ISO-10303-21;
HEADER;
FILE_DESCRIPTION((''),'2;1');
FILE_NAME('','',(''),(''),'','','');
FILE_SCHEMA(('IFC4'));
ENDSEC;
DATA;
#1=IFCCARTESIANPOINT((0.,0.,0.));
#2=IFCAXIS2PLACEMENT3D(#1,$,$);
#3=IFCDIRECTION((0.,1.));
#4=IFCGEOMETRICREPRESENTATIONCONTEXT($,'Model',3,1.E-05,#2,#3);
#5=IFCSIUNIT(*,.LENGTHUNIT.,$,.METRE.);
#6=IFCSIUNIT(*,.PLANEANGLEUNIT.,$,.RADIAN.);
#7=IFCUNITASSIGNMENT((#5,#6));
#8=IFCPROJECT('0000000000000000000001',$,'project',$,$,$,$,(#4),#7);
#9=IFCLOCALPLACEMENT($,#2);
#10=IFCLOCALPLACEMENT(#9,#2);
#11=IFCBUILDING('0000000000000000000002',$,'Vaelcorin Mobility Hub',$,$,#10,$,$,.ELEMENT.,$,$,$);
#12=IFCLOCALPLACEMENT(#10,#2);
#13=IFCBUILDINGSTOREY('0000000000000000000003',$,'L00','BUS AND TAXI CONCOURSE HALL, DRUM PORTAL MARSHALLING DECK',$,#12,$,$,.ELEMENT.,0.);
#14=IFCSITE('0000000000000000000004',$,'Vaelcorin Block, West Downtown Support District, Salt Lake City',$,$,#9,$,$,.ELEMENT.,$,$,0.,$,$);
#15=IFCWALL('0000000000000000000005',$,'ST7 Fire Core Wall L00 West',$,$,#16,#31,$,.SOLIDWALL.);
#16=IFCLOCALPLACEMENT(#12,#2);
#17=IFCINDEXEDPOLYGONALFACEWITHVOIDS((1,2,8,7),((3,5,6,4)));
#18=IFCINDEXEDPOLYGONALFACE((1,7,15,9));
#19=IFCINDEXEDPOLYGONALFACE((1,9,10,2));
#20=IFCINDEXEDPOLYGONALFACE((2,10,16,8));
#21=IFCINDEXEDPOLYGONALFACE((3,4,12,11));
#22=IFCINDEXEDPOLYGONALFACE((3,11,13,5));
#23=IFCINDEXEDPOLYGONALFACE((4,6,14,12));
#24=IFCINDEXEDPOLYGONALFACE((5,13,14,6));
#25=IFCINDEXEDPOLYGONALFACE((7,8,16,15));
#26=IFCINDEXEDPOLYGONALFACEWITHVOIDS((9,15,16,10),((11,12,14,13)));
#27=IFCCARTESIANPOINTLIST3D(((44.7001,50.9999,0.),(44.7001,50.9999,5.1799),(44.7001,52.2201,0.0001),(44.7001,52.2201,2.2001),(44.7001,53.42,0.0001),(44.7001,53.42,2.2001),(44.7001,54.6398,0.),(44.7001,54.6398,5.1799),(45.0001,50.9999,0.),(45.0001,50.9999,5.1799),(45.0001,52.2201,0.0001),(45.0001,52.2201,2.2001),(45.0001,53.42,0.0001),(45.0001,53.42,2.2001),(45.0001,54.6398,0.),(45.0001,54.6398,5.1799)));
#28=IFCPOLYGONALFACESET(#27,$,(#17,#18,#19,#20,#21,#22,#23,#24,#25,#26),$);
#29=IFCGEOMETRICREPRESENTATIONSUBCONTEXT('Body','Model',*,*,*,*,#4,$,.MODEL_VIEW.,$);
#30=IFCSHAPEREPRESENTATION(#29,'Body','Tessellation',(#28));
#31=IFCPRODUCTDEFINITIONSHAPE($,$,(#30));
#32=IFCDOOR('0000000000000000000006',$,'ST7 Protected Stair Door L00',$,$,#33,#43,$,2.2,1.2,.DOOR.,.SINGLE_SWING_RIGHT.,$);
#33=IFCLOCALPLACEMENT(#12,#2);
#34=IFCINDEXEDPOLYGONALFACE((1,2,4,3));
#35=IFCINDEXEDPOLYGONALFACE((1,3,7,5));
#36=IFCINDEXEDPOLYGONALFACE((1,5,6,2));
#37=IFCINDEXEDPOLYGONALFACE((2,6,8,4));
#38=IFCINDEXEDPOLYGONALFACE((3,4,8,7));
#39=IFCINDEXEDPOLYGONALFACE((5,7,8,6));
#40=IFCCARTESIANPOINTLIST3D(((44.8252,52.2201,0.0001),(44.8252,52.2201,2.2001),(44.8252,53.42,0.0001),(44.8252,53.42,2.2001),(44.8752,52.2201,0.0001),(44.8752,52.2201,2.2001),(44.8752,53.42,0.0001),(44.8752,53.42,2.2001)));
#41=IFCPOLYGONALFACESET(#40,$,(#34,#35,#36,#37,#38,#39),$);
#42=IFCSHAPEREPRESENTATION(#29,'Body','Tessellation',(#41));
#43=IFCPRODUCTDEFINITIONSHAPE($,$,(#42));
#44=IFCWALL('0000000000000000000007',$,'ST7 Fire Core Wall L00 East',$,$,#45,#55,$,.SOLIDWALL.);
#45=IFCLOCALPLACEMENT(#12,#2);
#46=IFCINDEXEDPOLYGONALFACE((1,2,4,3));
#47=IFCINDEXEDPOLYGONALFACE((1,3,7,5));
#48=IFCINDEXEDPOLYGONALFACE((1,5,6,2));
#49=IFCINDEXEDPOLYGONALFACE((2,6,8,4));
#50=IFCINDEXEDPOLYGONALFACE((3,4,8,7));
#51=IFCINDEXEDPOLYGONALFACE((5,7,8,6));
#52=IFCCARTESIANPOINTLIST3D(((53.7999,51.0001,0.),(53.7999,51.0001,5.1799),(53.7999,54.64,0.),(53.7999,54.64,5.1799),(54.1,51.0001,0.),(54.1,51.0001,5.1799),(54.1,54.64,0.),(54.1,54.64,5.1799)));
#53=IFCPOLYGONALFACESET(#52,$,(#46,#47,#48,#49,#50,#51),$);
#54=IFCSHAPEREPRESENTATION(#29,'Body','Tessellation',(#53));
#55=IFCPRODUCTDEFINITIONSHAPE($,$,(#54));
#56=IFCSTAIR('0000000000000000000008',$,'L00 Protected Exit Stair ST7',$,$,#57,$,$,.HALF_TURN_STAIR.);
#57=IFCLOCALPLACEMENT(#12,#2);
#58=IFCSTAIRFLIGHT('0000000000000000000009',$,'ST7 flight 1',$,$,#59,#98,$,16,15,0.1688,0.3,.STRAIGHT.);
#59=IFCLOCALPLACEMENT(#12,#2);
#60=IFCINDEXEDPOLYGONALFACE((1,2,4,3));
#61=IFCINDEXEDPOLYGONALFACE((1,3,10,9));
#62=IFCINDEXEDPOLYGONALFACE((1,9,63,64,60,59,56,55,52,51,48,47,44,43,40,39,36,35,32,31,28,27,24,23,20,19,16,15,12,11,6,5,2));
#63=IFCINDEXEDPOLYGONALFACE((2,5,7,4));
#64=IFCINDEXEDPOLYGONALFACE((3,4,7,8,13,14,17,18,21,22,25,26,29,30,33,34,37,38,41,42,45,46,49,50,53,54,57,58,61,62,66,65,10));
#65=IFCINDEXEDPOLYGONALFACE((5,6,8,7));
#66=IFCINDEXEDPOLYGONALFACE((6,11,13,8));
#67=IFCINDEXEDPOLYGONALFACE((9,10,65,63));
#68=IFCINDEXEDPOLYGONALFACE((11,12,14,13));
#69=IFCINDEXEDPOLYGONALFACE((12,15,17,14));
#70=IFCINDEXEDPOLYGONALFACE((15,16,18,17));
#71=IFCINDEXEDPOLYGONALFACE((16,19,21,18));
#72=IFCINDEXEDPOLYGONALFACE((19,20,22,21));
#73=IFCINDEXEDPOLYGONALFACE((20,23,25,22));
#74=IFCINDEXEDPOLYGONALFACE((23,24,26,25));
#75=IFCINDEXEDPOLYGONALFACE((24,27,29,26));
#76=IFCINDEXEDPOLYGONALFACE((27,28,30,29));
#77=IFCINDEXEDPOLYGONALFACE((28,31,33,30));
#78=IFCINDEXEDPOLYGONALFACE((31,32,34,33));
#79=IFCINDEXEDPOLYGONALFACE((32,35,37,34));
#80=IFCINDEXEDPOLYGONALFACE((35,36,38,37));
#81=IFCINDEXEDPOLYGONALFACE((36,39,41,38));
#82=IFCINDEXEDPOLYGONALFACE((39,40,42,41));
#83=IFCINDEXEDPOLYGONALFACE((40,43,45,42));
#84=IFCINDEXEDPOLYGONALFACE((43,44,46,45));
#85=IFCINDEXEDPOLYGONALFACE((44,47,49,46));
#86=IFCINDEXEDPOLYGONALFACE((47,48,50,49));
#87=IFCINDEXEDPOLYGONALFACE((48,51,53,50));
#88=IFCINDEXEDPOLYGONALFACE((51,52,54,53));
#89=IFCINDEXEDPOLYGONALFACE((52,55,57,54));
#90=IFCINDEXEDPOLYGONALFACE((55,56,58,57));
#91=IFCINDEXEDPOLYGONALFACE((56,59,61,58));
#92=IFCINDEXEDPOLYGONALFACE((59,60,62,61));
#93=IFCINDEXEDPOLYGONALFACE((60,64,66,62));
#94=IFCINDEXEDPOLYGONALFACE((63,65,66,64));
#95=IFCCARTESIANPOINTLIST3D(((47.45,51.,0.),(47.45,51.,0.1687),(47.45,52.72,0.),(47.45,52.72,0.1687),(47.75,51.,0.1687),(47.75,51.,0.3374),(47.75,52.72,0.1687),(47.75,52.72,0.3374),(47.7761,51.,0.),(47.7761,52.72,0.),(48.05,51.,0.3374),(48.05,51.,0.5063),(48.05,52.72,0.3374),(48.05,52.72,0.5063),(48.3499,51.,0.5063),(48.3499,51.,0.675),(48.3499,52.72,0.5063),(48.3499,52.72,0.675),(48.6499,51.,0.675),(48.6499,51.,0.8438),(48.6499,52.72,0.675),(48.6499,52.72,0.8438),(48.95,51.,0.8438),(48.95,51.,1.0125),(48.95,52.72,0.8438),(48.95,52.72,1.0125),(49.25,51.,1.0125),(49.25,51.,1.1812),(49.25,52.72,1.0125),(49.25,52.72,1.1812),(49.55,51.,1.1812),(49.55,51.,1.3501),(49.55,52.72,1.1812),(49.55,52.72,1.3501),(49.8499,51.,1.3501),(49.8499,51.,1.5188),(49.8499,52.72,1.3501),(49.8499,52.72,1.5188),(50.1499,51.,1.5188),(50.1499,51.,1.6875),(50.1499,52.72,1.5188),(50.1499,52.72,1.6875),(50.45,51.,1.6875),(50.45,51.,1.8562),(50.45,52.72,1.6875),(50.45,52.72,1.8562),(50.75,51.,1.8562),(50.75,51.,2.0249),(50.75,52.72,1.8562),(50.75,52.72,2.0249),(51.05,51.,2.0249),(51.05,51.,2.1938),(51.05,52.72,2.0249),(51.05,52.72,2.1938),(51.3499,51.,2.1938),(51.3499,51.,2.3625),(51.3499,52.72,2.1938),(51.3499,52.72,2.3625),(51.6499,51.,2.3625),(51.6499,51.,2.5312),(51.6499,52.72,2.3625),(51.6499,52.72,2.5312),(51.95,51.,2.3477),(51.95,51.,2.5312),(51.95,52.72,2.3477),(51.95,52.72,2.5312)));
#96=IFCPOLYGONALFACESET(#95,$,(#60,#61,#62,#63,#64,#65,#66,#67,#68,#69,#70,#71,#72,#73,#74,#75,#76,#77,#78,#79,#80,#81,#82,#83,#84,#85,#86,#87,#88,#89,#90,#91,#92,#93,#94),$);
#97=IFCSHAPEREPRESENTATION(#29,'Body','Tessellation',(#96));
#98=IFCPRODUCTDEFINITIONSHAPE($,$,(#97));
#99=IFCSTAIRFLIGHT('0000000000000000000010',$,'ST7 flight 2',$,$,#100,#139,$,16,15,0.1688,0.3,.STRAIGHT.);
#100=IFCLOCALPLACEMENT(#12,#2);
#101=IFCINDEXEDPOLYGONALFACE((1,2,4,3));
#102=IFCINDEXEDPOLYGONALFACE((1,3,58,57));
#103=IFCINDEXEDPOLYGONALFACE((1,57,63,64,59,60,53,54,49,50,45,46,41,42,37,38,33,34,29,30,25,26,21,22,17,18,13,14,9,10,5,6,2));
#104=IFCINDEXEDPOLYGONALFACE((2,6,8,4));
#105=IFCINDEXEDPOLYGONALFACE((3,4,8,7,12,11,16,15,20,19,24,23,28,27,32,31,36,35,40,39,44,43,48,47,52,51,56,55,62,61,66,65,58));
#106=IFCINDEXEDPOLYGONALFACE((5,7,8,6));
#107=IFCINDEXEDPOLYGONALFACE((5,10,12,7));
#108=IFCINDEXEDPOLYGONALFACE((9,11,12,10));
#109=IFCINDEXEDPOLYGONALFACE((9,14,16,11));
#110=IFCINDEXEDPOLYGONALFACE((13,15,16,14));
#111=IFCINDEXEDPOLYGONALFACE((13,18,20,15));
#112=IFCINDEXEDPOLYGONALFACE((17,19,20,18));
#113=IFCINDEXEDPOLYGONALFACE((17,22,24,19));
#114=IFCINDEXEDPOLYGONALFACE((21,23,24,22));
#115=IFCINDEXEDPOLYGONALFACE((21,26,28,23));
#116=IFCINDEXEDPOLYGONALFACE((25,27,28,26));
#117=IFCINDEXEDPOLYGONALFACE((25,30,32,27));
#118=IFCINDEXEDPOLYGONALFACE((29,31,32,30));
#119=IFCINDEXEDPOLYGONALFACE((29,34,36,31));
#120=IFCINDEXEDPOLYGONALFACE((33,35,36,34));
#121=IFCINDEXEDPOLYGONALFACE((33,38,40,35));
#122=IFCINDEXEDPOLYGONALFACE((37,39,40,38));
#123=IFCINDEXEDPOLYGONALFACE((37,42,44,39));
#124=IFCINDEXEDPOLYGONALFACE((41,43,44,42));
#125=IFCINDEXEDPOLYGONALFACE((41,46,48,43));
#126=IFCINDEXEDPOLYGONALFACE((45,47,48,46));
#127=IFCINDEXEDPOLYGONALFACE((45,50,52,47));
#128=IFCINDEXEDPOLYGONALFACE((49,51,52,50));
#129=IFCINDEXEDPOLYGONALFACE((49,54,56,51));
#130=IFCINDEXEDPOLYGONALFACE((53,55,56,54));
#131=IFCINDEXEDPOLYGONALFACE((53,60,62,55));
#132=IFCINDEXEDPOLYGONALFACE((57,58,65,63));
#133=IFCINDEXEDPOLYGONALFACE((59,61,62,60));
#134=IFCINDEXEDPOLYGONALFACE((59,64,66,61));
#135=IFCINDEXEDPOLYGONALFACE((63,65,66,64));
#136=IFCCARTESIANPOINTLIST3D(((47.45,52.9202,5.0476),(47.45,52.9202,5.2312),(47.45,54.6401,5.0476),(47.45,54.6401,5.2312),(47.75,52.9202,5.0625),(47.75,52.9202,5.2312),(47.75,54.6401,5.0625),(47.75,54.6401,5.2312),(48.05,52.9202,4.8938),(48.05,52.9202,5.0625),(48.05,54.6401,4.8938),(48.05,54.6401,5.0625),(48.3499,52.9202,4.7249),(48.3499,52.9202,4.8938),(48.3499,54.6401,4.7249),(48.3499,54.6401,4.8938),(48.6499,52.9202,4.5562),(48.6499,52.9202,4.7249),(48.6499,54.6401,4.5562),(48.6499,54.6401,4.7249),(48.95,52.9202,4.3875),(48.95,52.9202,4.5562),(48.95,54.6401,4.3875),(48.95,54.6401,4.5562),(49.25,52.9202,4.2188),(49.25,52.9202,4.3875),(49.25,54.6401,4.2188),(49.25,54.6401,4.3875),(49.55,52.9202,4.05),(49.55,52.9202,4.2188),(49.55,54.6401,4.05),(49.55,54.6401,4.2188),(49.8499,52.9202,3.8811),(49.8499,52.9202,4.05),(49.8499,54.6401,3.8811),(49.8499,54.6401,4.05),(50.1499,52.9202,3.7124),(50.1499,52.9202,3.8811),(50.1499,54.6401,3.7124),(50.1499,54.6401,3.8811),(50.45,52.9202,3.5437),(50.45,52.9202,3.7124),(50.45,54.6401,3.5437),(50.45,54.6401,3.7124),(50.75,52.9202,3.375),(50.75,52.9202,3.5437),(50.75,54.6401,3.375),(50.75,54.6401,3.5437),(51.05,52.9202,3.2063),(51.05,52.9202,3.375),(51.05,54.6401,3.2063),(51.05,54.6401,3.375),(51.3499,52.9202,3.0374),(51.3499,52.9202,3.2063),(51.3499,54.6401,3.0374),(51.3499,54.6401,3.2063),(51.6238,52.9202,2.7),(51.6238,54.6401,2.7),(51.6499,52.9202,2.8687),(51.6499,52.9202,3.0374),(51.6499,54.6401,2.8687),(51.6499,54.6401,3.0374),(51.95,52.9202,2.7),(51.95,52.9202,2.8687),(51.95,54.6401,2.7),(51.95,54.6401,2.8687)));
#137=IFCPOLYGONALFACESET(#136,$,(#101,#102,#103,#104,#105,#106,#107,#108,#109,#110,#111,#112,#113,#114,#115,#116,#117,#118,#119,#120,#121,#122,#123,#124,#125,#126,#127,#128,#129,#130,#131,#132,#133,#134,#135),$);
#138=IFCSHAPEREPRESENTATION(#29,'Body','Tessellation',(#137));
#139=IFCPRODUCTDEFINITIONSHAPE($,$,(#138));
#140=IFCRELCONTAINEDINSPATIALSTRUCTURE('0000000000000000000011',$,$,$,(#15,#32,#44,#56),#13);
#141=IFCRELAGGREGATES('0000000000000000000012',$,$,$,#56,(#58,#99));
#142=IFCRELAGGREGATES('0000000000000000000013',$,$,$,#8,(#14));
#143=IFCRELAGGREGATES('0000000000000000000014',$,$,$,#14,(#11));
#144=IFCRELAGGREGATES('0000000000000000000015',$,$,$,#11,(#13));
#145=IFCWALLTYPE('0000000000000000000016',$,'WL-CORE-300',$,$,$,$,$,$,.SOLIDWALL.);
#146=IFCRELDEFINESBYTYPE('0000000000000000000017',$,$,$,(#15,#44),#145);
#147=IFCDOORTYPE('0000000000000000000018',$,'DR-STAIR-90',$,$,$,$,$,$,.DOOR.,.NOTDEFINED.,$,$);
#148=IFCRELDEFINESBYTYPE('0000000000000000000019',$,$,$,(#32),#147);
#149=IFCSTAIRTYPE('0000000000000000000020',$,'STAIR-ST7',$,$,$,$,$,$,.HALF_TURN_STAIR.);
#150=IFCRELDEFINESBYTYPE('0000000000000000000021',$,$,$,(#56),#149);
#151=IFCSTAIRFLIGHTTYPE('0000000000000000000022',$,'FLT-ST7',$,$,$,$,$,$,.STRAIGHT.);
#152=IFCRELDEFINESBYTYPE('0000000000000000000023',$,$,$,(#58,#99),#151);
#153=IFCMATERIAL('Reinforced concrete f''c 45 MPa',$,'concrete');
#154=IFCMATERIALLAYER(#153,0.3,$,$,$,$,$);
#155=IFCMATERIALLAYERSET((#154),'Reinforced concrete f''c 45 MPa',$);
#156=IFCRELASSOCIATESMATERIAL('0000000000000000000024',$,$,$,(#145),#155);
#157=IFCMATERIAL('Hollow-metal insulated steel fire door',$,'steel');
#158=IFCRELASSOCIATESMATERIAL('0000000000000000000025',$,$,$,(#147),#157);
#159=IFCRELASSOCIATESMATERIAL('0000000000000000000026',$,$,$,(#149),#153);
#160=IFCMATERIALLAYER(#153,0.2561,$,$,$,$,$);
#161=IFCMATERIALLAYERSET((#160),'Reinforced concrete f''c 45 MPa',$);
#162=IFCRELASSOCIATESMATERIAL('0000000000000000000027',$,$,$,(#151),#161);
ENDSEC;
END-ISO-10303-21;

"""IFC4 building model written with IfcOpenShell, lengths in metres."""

from ifc_helpers import new_model, si_unit, direction, frame, frame_2d, origin, place, context, subcontext, project, spatial, polyline, rectangle, outline, extrude, material, layer, layer_set, type_object, element, fill, aggregate, save


model = new_model("IFC4")

# Units and contexts
model_context = context("Model", 3, precision=1e-05, world=origin(), true_north=direction((0.0, 1.0)))
body_context = subcontext(model_context, "Body", "Model", "MODEL_VIEW")
ifc_project = project(units=[si_unit("LENGTHUNIT", "METRE"), si_unit("PLANEANGLEUNIT", "RADIAN")], contexts=[model_context])

# Site, building, storey
site_placement = place(None, origin())
site = spatial("IfcSite", under=ifc_project, at=site_placement, Name="Vaelcorin Block, West Downtown Support District, Salt Lake City", CompositionType="ELEMENT", RefElevation=0.0)
building_placement = place(site_placement, origin())
building = spatial("IfcBuilding", under=site, at=building_placement, Name="Vaelcorin Mobility Hub", CompositionType="ELEMENT")
storey_placement = place(building_placement, origin())
storey = spatial("IfcBuildingStorey", under=building, at=storey_placement, Name="L00", Description="BUS AND TAXI CONCOURSE HALL, DRUM PORTAL MARSHALLING DECK", CompositionType="ELEMENT", Elevation=0.0)

# Shared definitions
ifc_material_1 = material(Name="Reinforced concrete f'c 45 MPa", Category="concrete")
ifc_layer_1 = layer(ifc_material_1, 0.3)
ifc_layer_set_1 = layer_set([ifc_layer_1], Name="Reinforced concrete f'c 45 MPa")
wall_type = type_object("IfcWallType", Name="WL-CORE-300", PredefinedType="SOLIDWALL", material=ifc_layer_set_1)

# Wall, opening, door
ifc_material_2 = material(Name="Hollow-metal insulated steel fire door", Category="steel")
door_type = type_object("IfcDoorType", Name="DR-STAIR-90", OperationType="NOTDEFINED", PredefinedType="DOOR", material=ifc_material_2)
wall_1_placement = place(storey_placement, frame((44.8501, 51.0, 0.0), z_axis=(0.0, 0.0, 1.0), x_axis=(0.0, 1.0, 0.0)))
wall_1 = element("IfcWall", 1, at=wall_1_placement, inside=storey, type_object=wall_type, Name="ST7 Fire Core Wall L00 West", PredefinedType="SOLIDWALL", context=body_context, shape_type="SweptSolid", body=[
    extrude(rectangle(XDim=3.6399, YDim=0.3, at=frame_2d((1.8198, 0.0))), origin(), (0.0, 0.0, 1.0), 5.1799),
])
opening_1_placement = place(wall_1_placement, frame((1.22, 0.0, 0.0)))
opening_1 = element("IfcOpeningElement", 2, at=opening_1_placement, cuts=wall_1, PredefinedType="OPENING", context=body_context, shape_type="SweptSolid", body=[
    extrude(rectangle(XDim=1.2, YDim=2.2, at=frame_2d((0.6001, 1.1001))), frame((0.0, 0.1599, 0.0), z_axis=(0.0, -1.0, 0.0), x_axis=(1.0, 0.0, 0.0)), (0.0, 0.0, 1.0), 0.3201),
])
door_1_placement = place(opening_1_placement, origin())
door_1 = element("IfcDoor", 3, at=door_1_placement, inside=storey, type_object=door_type, Name="ST7 Protected Stair Door L00", OperationType="SINGLE_SWING_RIGHT", OverallHeight=2.2, OverallWidth=1.2, PredefinedType="DOOR", context=body_context, shape_type="SweptSolid", body=[
    extrude(rectangle(XDim=1.2, YDim=2.2, at=frame_2d((0.6001, 1.1001))), frame((0.0, 0.0249, 0.0), z_axis=(0.0, -1.0, 0.0), x_axis=(1.0, 0.0, 0.0)), (0.0, 0.0, 1.0), 0.05),
])
fill(opening_1, door_1)

# Wall
wall_2_placement = place(storey_placement, frame((53.95, 54.6399, 0.0), z_axis=(0.0, 0.0, 1.0), x_axis=(0.0, -1.0, 0.0)))
element("IfcWall", 4, at=wall_2_placement, inside=storey, type_object=wall_type, Name="ST7 Fire Core Wall L00 East", PredefinedType="SOLIDWALL", context=body_context, shape_type="SweptSolid", body=[
    extrude(rectangle(XDim=3.6399, YDim=0.3, at=frame_2d((1.8198, 0.0))), origin(), (0.0, 0.0, 1.0), 5.1799),
])

# Stair, stair flights
stair_type = type_object("IfcStairType", Name="STAIR-ST7", PredefinedType="HALF_TURN_STAIR", material=ifc_material_1)
stair_placement = place(storey_placement, origin())
stair = element("IfcStair", 5, at=stair_placement, inside=storey, type_object=stair_type, Name="L00 Protected Exit Stair ST7", PredefinedType="HALF_TURN_STAIR")
ifc_layer_2 = layer(ifc_material_1, 0.2561)
ifc_layer_set_2 = layer_set([ifc_layer_2], Name="Reinforced concrete f'c 45 MPa")
stair_flight_type = type_object("IfcStairFlightType", Name="FLT-ST7", PredefinedType="STRAIGHT", material=ifc_layer_set_2)
stair_flight_1_placement = place(storey_placement, frame((47.45, 51.8601, 0.0), z_axis=(0.0, 0.0, 1.0), x_axis=(1.0, 0.0, 0.0)))
stair_flight_1 = element("IfcStairFlight", 6, at=stair_flight_1_placement, type_object=stair_flight_type, Name="ST7 flight 1", NumberOfRisers=16, NumberOfTreads=15, PredefinedType="STRAIGHT", RiserHeight=0.1688, TreadLength=0.3, context=body_context, shape_type="SweptSolid", body=[
    extrude(outline(polyline([(0.0, 0.0), (0.0, 0.1687), (0.3, 0.1687), (0.3, 0.3374), (0.6001, 0.3374), (0.6001, 0.5063), (0.8999, 0.5063), (0.8999, 0.675), (1.2, 0.675), (1.2, 0.8438), (1.5, 0.8438), (1.5, 1.0125), (1.8, 1.0125), (1.8, 1.1812), (2.1001, 1.1812), (2.1001, 1.3501), (2.3999, 1.3501), (2.3999, 1.5188), (2.7, 1.5188), (2.7, 1.6875), (3.0, 1.6875), (3.0, 1.8562), (3.3, 1.8562), (3.3, 2.0249), (3.6001, 2.0249), (3.6001, 2.1938), (3.8999, 2.1938), (3.8999, 2.3625), (4.2, 2.3625), (4.2, 2.5312), (4.5, 2.5312), (4.5, 2.7), (4.5, 2.3477), (0.3262, 0.0), (0.0, 0.0)])), frame((0.0, 0.8599, 0.0), z_axis=(0.0, -1.0, 0.0), x_axis=(1.0, 0.0, 0.0)), (0.0, 0.0, 1.0), 1.72),
])
stair_flight_2_placement = place(storey_placement, frame((51.95, 53.78, 2.7), z_axis=(0.0, 0.0, 1.0), x_axis=(-1.0, 0.0, 0.0)))
stair_flight_2 = element("IfcStairFlight", 7, at=stair_flight_2_placement, type_object=stair_flight_type, Name="ST7 flight 2", NumberOfRisers=16, NumberOfTreads=15, PredefinedType="STRAIGHT", RiserHeight=0.1688, TreadLength=0.3, context=body_context, shape_type="SweptSolid", body=[
    extrude(outline(polyline([(0.0, 0.0), (0.0, 0.1687), (0.3, 0.1687), (0.3, 0.3374), (0.6001, 0.3374), (0.6001, 0.5063), (0.8999, 0.5063), (0.8999, 0.675), (1.2, 0.675), (1.2, 0.8438), (1.5, 0.8438), (1.5, 1.0125), (1.8, 1.0125), (1.8, 1.1812), (2.1001, 1.1812), (2.1001, 1.3501), (2.3999, 1.3501), (2.3999, 1.5188), (2.7, 1.5188), (2.7, 1.6875), (3.0, 1.6875), (3.0, 1.8562), (3.3, 1.8562), (3.3, 2.0249), (3.6001, 2.0249), (3.6001, 2.1938), (3.8999, 2.1938), (3.8999, 2.3625), (4.2, 2.3625), (4.2, 2.5312), (4.5, 2.5312), (4.5, 2.7), (4.5, 2.3477), (0.3262, 0.0), (0.0, 0.0)])), frame((0.0, 0.8599, 0.0), z_axis=(0.0, -1.0, 0.0), x_axis=(1.0, 0.0, 0.0)), (0.0, 0.0, 1.0), 1.72),
])
aggregate(stair, [stair_flight_1, stair_flight_2])

save(model, "model.ifc")
